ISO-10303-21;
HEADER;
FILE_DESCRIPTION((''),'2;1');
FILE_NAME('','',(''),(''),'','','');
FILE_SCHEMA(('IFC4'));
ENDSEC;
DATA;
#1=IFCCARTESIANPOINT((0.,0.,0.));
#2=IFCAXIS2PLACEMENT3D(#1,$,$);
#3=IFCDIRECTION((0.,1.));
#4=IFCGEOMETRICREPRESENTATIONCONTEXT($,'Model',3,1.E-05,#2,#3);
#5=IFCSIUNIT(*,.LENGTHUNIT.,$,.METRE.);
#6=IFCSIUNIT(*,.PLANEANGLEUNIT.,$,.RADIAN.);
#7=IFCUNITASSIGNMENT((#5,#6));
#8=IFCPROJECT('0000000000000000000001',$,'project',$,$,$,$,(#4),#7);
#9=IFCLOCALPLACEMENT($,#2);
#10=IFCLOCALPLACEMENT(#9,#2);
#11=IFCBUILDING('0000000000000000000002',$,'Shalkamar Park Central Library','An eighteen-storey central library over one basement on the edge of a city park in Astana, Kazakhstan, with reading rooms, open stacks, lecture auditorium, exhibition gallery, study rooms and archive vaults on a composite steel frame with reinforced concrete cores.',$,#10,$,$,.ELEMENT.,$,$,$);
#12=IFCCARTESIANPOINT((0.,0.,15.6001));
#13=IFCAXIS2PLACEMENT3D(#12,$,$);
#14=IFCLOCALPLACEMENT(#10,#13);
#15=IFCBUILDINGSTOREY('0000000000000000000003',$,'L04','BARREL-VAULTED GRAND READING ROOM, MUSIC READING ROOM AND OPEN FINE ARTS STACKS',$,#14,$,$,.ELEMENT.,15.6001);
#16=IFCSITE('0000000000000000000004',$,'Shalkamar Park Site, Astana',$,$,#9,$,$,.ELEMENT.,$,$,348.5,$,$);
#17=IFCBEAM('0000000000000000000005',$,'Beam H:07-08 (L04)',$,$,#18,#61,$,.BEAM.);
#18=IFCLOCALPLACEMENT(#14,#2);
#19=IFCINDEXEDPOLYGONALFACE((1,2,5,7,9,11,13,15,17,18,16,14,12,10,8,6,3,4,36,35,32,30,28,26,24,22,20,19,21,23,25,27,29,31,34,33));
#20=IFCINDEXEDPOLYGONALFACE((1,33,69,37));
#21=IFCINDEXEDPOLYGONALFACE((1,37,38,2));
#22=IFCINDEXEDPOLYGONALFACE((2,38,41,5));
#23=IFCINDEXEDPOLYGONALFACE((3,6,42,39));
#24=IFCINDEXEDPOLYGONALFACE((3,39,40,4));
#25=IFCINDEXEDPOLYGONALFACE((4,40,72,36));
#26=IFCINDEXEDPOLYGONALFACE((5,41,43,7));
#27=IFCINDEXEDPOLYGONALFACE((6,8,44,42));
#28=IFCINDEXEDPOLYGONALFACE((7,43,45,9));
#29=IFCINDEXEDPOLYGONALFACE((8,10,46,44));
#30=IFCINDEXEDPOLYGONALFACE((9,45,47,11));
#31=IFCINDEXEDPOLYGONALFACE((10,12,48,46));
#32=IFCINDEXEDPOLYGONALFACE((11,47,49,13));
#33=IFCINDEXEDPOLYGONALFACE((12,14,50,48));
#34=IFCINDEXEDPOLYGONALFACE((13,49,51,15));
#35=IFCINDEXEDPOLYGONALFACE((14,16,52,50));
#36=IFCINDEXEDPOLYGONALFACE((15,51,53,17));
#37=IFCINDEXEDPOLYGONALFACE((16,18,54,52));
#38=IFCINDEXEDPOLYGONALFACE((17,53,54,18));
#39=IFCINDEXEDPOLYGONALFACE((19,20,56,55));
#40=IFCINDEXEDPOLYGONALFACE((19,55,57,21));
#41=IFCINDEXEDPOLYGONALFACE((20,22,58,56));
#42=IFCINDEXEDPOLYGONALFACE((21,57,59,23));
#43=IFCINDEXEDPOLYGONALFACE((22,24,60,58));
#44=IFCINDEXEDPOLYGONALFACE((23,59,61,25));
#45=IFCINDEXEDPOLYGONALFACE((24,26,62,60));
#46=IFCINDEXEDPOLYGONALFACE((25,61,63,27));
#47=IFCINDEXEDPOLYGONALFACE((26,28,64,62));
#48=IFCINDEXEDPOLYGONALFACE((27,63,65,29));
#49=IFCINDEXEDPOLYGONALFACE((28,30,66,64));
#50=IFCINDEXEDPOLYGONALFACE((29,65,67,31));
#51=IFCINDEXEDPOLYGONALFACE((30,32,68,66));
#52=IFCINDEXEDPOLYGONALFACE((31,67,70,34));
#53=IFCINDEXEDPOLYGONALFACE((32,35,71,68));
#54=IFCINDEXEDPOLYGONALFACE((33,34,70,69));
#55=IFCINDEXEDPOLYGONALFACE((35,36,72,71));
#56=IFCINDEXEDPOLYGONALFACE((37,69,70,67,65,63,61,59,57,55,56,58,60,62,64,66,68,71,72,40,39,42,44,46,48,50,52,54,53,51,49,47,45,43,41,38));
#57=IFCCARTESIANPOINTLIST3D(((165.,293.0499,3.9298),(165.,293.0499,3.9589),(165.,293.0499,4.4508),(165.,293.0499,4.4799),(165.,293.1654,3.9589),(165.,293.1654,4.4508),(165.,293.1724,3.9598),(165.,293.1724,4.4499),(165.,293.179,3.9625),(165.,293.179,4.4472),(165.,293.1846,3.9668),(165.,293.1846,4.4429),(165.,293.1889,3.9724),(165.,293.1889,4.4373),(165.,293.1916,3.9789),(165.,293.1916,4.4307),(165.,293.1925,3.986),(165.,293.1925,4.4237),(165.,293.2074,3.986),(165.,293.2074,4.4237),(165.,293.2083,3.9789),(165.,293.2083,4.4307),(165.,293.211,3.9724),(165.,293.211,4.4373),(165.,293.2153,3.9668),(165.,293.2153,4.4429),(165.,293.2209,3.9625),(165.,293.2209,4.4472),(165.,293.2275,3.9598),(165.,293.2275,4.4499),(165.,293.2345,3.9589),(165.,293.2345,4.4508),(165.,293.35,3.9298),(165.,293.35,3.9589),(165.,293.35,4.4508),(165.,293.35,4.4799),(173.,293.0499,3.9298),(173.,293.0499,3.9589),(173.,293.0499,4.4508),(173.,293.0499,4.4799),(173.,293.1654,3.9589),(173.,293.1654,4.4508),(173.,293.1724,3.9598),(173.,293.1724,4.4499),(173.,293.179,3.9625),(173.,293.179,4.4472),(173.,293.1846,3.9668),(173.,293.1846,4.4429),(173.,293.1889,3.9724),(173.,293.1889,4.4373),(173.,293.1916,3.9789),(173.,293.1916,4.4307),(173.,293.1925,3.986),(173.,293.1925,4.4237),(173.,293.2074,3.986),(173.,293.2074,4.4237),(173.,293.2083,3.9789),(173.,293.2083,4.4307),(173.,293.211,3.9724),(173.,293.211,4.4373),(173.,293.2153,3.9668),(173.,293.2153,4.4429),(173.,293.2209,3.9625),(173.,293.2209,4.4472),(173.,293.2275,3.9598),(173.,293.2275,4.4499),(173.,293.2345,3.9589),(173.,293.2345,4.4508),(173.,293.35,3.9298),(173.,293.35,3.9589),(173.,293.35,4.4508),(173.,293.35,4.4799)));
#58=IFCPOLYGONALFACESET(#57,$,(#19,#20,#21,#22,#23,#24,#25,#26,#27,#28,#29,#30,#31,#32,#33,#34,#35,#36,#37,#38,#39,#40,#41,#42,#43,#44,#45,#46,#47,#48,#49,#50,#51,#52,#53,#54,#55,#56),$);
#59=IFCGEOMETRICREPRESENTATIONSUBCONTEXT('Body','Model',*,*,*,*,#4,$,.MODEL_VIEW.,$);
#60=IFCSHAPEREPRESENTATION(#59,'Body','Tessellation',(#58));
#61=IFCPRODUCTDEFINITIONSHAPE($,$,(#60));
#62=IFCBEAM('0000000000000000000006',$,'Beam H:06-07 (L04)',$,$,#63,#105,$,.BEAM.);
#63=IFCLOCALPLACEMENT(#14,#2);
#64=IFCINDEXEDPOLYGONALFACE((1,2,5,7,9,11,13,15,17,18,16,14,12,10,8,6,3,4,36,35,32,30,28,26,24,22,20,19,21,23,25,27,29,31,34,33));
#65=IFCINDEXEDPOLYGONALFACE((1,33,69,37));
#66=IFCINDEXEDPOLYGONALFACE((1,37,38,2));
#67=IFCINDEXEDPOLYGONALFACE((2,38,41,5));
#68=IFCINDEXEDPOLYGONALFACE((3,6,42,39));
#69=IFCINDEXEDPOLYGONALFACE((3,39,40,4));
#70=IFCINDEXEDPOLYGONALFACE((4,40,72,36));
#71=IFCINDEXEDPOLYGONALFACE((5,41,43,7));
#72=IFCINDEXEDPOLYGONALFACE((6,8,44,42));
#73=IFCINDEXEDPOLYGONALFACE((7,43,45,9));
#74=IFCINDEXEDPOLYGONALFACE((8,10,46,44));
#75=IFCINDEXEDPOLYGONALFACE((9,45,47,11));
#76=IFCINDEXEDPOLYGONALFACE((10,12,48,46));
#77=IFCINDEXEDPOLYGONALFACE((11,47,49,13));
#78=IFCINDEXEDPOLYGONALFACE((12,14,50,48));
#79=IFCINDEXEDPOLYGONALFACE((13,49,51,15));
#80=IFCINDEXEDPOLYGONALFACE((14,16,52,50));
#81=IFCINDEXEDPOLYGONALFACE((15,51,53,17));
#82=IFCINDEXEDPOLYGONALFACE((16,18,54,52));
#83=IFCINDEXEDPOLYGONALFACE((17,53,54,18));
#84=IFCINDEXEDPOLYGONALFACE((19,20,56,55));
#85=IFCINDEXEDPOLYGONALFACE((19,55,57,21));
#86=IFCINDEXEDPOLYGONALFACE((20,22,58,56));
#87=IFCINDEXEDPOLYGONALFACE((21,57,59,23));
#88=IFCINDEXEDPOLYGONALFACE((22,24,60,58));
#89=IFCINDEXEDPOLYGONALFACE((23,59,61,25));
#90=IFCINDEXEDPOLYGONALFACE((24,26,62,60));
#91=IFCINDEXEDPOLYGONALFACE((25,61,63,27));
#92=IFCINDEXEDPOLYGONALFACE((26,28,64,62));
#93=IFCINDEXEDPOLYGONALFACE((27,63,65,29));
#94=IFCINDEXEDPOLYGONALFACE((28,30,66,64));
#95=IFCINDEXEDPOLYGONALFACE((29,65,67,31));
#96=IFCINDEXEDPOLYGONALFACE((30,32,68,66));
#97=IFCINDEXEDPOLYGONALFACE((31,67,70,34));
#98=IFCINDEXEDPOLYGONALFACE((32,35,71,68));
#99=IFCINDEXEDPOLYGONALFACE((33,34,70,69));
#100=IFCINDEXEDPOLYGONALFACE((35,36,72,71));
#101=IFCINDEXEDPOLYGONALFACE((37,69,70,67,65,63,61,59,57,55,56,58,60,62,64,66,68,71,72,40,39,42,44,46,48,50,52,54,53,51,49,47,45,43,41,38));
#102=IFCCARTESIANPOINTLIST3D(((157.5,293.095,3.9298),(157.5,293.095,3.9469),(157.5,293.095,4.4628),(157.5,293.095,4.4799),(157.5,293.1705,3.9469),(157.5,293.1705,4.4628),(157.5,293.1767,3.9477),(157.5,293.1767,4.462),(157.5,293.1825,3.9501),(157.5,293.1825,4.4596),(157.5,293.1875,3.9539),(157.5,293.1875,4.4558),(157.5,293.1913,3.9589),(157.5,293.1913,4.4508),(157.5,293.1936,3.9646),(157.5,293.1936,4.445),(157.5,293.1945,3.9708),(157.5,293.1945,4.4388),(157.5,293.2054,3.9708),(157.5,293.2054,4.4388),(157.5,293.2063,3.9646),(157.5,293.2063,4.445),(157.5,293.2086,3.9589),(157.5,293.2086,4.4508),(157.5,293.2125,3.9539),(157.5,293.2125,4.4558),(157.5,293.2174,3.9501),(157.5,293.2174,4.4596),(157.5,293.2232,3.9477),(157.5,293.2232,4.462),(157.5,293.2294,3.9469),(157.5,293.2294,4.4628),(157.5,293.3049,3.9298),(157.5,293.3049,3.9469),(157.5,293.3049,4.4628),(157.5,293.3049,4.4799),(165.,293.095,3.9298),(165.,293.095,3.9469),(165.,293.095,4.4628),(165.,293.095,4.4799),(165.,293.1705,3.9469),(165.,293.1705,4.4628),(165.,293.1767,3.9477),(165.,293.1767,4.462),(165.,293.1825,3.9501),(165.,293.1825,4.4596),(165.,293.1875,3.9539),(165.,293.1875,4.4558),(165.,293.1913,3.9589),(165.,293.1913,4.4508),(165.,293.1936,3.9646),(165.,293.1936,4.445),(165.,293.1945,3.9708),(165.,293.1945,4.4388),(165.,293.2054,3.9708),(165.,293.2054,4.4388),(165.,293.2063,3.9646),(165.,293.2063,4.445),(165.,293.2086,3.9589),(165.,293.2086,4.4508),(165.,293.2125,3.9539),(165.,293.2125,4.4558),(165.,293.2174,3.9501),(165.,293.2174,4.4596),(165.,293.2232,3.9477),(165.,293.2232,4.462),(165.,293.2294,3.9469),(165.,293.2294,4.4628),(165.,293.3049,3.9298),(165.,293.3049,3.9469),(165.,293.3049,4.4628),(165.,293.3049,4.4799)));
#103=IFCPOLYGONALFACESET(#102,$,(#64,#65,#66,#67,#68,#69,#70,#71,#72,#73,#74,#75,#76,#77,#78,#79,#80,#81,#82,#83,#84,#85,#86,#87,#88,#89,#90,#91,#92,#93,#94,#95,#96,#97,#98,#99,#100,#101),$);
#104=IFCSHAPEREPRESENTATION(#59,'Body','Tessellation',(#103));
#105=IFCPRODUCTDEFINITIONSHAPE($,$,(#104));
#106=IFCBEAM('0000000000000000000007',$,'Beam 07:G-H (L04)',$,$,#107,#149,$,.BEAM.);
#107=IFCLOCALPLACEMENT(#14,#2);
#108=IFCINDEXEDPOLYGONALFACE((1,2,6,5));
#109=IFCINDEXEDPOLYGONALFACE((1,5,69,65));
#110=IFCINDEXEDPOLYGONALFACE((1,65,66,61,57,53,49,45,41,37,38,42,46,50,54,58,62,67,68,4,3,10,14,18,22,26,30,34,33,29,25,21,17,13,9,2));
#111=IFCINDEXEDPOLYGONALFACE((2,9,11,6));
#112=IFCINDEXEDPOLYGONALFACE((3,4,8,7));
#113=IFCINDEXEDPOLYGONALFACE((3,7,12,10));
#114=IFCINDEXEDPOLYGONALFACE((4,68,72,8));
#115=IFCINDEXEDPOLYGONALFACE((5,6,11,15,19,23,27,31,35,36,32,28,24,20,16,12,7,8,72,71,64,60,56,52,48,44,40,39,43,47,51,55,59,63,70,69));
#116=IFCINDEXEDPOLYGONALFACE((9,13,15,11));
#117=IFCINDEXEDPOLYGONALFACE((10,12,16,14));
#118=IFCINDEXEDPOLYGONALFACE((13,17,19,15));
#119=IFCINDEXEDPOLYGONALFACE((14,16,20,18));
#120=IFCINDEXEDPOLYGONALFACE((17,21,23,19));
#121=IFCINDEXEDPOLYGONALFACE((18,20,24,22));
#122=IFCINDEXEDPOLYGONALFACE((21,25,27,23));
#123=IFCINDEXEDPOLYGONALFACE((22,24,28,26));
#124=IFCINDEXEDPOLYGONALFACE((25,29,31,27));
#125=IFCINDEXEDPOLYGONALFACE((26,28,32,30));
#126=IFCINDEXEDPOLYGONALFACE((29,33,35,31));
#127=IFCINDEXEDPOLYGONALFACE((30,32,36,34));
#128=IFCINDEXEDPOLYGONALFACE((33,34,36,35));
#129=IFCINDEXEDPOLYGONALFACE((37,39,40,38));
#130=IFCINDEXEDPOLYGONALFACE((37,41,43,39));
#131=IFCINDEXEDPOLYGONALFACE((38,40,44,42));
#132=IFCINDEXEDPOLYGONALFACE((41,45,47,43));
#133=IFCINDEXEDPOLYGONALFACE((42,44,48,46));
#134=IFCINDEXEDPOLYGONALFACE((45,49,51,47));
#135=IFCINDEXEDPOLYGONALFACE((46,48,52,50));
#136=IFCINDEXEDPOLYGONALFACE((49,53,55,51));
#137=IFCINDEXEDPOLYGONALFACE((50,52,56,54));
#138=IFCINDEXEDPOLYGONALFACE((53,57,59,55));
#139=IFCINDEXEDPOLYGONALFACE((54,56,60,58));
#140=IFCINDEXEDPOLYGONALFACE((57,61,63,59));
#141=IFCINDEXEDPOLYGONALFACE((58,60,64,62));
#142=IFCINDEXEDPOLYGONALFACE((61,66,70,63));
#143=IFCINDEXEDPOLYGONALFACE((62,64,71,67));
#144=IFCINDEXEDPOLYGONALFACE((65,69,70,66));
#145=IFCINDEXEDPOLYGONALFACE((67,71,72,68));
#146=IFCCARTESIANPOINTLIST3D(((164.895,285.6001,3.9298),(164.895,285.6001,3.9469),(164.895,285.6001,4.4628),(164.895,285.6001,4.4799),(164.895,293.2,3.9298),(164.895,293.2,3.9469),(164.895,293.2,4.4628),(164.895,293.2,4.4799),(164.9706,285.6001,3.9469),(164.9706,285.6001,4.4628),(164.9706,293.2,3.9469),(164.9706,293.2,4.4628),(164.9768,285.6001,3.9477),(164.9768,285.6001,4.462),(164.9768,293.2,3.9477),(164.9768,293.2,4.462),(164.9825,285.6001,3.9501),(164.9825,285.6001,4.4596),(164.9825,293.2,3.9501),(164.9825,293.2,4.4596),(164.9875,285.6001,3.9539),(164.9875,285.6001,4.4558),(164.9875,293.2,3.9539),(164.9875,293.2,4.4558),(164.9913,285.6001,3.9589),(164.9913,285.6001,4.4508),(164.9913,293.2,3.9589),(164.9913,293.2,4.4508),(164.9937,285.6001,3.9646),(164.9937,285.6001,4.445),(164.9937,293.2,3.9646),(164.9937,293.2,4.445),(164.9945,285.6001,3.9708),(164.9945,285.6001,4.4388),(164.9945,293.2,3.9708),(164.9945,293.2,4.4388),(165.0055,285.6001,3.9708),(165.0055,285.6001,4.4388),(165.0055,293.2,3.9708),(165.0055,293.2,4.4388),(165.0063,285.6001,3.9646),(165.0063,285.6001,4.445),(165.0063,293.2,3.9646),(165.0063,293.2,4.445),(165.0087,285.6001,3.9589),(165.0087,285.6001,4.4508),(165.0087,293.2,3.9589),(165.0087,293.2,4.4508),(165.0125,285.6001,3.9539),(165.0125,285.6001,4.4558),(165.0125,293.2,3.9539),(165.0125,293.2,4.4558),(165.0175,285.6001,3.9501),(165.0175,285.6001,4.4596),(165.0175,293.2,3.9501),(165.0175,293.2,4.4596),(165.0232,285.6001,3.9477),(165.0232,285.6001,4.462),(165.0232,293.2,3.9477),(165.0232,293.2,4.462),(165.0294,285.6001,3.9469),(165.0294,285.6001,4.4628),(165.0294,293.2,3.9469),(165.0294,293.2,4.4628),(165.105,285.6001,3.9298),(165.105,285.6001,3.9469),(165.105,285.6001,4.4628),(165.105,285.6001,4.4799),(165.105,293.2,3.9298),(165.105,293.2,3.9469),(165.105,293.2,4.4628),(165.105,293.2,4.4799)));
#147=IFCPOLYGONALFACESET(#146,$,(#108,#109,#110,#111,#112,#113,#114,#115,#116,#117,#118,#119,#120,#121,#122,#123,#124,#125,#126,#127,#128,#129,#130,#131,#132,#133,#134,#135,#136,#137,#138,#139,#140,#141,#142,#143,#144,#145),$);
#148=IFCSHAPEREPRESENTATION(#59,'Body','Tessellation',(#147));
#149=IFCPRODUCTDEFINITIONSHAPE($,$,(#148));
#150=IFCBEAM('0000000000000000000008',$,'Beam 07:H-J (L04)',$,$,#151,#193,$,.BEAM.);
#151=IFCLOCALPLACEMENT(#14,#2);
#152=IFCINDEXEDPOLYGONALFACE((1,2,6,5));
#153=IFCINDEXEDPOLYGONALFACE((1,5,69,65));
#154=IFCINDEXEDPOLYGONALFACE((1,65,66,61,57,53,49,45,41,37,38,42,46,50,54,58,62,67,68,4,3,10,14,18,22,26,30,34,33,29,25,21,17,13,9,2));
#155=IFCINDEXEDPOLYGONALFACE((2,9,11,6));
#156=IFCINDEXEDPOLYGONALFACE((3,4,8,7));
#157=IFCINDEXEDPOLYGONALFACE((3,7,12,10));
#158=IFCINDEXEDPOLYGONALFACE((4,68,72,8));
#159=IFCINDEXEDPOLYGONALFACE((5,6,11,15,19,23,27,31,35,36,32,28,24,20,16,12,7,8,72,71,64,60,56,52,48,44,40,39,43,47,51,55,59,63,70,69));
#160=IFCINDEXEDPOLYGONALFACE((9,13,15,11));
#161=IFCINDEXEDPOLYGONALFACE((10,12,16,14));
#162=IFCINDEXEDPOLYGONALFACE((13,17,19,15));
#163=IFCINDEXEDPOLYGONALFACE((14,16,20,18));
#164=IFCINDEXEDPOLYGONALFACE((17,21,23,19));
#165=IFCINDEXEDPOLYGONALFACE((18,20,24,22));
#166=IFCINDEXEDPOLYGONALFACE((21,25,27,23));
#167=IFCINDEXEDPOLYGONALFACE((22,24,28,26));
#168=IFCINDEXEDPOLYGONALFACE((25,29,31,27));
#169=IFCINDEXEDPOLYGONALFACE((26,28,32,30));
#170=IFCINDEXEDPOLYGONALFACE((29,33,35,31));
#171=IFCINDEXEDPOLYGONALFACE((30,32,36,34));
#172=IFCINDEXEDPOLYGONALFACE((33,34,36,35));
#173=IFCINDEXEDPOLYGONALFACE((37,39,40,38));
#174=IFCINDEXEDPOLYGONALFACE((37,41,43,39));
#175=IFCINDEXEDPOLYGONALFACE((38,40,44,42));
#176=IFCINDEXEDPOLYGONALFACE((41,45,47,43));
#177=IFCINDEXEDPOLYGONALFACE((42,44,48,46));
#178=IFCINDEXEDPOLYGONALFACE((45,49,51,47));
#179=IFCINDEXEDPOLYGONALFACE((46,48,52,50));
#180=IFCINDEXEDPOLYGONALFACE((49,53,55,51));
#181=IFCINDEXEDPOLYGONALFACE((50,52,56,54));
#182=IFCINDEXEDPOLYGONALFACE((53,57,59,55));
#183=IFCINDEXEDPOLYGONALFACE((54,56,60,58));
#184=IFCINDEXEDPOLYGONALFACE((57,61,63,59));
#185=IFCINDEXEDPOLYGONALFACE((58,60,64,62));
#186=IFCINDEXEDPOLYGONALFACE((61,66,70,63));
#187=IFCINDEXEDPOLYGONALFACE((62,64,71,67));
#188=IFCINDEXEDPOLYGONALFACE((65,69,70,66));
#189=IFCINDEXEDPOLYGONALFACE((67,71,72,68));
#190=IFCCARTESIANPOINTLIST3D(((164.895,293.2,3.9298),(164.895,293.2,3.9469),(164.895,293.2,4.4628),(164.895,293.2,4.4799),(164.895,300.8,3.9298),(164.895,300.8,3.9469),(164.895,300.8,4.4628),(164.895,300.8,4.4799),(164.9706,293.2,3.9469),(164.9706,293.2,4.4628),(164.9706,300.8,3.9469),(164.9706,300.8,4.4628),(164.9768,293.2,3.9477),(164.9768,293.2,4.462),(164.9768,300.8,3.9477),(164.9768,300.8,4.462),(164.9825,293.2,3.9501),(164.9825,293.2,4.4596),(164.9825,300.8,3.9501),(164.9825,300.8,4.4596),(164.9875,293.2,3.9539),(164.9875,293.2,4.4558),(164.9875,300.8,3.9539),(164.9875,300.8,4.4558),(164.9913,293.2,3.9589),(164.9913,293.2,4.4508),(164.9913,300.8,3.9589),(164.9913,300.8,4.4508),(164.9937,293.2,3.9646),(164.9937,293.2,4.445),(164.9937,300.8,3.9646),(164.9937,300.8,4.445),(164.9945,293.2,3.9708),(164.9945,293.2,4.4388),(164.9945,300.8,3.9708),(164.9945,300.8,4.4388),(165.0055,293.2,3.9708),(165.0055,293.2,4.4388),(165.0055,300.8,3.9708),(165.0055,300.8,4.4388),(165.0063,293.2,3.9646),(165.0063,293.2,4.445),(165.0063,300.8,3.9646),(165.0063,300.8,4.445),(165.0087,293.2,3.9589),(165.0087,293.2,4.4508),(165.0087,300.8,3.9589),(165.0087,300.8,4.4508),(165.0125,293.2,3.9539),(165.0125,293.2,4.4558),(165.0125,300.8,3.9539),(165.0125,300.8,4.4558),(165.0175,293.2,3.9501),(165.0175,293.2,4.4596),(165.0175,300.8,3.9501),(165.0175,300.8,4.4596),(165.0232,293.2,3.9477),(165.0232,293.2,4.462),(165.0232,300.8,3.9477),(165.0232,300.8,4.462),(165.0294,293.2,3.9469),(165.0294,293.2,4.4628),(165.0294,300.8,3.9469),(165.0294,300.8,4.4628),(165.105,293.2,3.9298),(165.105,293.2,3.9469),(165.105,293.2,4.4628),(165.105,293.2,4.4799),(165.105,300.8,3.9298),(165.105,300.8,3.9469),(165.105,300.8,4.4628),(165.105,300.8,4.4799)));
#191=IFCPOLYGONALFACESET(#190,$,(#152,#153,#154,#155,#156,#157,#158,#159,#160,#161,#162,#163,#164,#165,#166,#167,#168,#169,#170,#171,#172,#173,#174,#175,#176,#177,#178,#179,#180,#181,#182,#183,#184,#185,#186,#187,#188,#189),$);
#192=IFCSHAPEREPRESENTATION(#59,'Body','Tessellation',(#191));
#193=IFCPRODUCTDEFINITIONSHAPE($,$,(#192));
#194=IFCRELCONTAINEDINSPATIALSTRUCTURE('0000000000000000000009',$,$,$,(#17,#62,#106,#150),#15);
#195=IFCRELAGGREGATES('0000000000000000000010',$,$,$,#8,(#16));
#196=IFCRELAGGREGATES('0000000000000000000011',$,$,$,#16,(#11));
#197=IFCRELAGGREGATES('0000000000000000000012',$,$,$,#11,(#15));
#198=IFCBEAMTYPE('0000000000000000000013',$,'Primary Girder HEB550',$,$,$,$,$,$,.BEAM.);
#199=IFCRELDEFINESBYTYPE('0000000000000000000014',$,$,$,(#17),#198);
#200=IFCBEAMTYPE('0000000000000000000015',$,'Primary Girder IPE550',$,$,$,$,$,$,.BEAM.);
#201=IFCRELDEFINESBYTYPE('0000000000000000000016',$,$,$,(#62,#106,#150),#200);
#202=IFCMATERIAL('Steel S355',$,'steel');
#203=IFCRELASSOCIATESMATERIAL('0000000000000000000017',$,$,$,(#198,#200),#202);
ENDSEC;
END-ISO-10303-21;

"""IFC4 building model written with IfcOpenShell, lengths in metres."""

from ifc_helpers import new_model, si_unit, direction, frame, origin, origin_2d, place, context, subcontext, project, spatial, i_section, extrude, material, material_profile, profile_set, type_object, element, save


model = new_model("IFC4")

# Units and contexts
model_context = context("Model", 3, precision=1e-05, world=origin(), true_north=direction((0.0, 1.0)))
body_context = subcontext(model_context, "Body", "Model", "MODEL_VIEW")
ifc_project = project(units=[si_unit("LENGTHUNIT", "METRE"), si_unit("PLANEANGLEUNIT", "RADIAN")], contexts=[model_context])

# Site, building, storey
site_placement = place(None, origin())
site = spatial("IfcSite", under=ifc_project, at=site_placement, Name="Shalkamar Park Site, Astana", CompositionType="ELEMENT", RefElevation=348.5)
building_placement = place(site_placement, origin())
building = spatial("IfcBuilding", under=site, at=building_placement, Name="Shalkamar Park Central Library", Description="An eighteen-storey central library over one basement on the edge of a city park in Astana, Kazakhstan, with reading rooms, open stacks, lecture auditorium, exhibition gallery, study rooms and archive vaults on a composite steel frame with reinforced concrete cores.", CompositionType="ELEMENT")
storey_placement = place(building_placement, frame((0.0, 0.0, 15.6001)))
storey = spatial("IfcBuildingStorey", under=building, at=storey_placement, Name="L04", Description="BARREL-VAULTED GRAND READING ROOM, MUSIC READING ROOM AND OPEN FINE ARTS STACKS", CompositionType="ELEMENT", Elevation=15.6001)

# Shared definitions
ifc_material_1 = material(Name="Steel S355", Category="steel")

# Beams
ifc_material_profile_1 = material_profile(ifc_material_1, i_section(OverallWidth=0.3, OverallDepth=0.55, WebThickness=0.0149, FlangeThickness=0.0291, FilletRadius=0.0271, at=origin_2d()), Name="HEB 550")
ifc_profile_set_1 = profile_set([ifc_material_profile_1], Name="Steel S355")
beam_type_1 = type_object("IfcBeamType", Name="Primary Girder HEB550", PredefinedType="BEAM", material=ifc_profile_set_1)
beam_1_placement = place(storey_placement, frame((165.0, 293.2, 4.2048), z_axis=(1.0, 0.0, 0.0), x_axis=(0.0, 1.0, 0.0)))
element("IfcBeam", 1, at=beam_1_placement, inside=storey, type_object=beam_type_1, Name="Beam H:07-08 (L04)", PredefinedType="BEAM", context=body_context, shape_type="SweptSolid", body=[
    extrude(i_section(OverallWidth=0.3, OverallDepth=0.55, WebThickness=0.0149, FlangeThickness=0.0291, FilletRadius=0.0271, at=origin_2d()), origin(), (0.0, 0.0, 1.0), 8.0),
])
ifc_material_profile_2 = material_profile(ifc_material_1, i_section(OverallWidth=0.21, OverallDepth=0.55, WebThickness=0.011, FlangeThickness=0.0171, FilletRadius=0.0239, at=origin_2d()), Name="IPE 550")
ifc_profile_set_2 = profile_set([ifc_material_profile_2], Name="Steel S355")
beam_type_2 = type_object("IfcBeamType", Name="Primary Girder IPE550", PredefinedType="BEAM", material=ifc_profile_set_2)
beam_2_placement = place(storey_placement, frame((157.5, 293.2, 4.2048), z_axis=(1.0, 0.0, 0.0), x_axis=(0.0, 1.0, 0.0)))
element("IfcBeam", 2, at=beam_2_placement, inside=storey, type_object=beam_type_2, Name="Beam H:06-07 (L04)", PredefinedType="BEAM", context=body_context, shape_type="SweptSolid", body=[
    extrude(i_section(OverallWidth=0.21, OverallDepth=0.55, WebThickness=0.011, FlangeThickness=0.0171, FilletRadius=0.0239, at=origin_2d()), origin(), (0.0, 0.0, 1.0), 7.5),
])
beam_3_placement = place(storey_placement, frame((165.0, 285.6001, 4.2048), z_axis=(0.0, 1.0, 0.0), x_axis=(-1.0, 0.0, 0.0)))
element("IfcBeam", 3, at=beam_3_placement, inside=storey, type_object=beam_type_2, Name="Beam 07:G-H (L04)", PredefinedType="BEAM", context=body_context, shape_type="SweptSolid", body=[
    extrude(i_section(OverallWidth=0.21, OverallDepth=0.55, WebThickness=0.011, FlangeThickness=0.0171, FilletRadius=0.0239, at=origin_2d()), origin(), (0.0, 0.0, 1.0), 7.5999),
])
beam_4_placement = place(storey_placement, frame((165.0, 293.2, 4.2048), z_axis=(0.0, 1.0, 0.0), x_axis=(-1.0, 0.0, 0.0)))
element("IfcBeam", 4, at=beam_4_placement, inside=storey, type_object=beam_type_2, Name="Beam 07:H-J (L04)", PredefinedType="BEAM", context=body_context, shape_type="SweptSolid", body=[
    extrude(i_section(OverallWidth=0.21, OverallDepth=0.55, WebThickness=0.011, FlangeThickness=0.0171, FilletRadius=0.0239, at=origin_2d()), origin(), (0.0, 0.0, 1.0), 7.6001),
])

save(model, "model.ifc")
